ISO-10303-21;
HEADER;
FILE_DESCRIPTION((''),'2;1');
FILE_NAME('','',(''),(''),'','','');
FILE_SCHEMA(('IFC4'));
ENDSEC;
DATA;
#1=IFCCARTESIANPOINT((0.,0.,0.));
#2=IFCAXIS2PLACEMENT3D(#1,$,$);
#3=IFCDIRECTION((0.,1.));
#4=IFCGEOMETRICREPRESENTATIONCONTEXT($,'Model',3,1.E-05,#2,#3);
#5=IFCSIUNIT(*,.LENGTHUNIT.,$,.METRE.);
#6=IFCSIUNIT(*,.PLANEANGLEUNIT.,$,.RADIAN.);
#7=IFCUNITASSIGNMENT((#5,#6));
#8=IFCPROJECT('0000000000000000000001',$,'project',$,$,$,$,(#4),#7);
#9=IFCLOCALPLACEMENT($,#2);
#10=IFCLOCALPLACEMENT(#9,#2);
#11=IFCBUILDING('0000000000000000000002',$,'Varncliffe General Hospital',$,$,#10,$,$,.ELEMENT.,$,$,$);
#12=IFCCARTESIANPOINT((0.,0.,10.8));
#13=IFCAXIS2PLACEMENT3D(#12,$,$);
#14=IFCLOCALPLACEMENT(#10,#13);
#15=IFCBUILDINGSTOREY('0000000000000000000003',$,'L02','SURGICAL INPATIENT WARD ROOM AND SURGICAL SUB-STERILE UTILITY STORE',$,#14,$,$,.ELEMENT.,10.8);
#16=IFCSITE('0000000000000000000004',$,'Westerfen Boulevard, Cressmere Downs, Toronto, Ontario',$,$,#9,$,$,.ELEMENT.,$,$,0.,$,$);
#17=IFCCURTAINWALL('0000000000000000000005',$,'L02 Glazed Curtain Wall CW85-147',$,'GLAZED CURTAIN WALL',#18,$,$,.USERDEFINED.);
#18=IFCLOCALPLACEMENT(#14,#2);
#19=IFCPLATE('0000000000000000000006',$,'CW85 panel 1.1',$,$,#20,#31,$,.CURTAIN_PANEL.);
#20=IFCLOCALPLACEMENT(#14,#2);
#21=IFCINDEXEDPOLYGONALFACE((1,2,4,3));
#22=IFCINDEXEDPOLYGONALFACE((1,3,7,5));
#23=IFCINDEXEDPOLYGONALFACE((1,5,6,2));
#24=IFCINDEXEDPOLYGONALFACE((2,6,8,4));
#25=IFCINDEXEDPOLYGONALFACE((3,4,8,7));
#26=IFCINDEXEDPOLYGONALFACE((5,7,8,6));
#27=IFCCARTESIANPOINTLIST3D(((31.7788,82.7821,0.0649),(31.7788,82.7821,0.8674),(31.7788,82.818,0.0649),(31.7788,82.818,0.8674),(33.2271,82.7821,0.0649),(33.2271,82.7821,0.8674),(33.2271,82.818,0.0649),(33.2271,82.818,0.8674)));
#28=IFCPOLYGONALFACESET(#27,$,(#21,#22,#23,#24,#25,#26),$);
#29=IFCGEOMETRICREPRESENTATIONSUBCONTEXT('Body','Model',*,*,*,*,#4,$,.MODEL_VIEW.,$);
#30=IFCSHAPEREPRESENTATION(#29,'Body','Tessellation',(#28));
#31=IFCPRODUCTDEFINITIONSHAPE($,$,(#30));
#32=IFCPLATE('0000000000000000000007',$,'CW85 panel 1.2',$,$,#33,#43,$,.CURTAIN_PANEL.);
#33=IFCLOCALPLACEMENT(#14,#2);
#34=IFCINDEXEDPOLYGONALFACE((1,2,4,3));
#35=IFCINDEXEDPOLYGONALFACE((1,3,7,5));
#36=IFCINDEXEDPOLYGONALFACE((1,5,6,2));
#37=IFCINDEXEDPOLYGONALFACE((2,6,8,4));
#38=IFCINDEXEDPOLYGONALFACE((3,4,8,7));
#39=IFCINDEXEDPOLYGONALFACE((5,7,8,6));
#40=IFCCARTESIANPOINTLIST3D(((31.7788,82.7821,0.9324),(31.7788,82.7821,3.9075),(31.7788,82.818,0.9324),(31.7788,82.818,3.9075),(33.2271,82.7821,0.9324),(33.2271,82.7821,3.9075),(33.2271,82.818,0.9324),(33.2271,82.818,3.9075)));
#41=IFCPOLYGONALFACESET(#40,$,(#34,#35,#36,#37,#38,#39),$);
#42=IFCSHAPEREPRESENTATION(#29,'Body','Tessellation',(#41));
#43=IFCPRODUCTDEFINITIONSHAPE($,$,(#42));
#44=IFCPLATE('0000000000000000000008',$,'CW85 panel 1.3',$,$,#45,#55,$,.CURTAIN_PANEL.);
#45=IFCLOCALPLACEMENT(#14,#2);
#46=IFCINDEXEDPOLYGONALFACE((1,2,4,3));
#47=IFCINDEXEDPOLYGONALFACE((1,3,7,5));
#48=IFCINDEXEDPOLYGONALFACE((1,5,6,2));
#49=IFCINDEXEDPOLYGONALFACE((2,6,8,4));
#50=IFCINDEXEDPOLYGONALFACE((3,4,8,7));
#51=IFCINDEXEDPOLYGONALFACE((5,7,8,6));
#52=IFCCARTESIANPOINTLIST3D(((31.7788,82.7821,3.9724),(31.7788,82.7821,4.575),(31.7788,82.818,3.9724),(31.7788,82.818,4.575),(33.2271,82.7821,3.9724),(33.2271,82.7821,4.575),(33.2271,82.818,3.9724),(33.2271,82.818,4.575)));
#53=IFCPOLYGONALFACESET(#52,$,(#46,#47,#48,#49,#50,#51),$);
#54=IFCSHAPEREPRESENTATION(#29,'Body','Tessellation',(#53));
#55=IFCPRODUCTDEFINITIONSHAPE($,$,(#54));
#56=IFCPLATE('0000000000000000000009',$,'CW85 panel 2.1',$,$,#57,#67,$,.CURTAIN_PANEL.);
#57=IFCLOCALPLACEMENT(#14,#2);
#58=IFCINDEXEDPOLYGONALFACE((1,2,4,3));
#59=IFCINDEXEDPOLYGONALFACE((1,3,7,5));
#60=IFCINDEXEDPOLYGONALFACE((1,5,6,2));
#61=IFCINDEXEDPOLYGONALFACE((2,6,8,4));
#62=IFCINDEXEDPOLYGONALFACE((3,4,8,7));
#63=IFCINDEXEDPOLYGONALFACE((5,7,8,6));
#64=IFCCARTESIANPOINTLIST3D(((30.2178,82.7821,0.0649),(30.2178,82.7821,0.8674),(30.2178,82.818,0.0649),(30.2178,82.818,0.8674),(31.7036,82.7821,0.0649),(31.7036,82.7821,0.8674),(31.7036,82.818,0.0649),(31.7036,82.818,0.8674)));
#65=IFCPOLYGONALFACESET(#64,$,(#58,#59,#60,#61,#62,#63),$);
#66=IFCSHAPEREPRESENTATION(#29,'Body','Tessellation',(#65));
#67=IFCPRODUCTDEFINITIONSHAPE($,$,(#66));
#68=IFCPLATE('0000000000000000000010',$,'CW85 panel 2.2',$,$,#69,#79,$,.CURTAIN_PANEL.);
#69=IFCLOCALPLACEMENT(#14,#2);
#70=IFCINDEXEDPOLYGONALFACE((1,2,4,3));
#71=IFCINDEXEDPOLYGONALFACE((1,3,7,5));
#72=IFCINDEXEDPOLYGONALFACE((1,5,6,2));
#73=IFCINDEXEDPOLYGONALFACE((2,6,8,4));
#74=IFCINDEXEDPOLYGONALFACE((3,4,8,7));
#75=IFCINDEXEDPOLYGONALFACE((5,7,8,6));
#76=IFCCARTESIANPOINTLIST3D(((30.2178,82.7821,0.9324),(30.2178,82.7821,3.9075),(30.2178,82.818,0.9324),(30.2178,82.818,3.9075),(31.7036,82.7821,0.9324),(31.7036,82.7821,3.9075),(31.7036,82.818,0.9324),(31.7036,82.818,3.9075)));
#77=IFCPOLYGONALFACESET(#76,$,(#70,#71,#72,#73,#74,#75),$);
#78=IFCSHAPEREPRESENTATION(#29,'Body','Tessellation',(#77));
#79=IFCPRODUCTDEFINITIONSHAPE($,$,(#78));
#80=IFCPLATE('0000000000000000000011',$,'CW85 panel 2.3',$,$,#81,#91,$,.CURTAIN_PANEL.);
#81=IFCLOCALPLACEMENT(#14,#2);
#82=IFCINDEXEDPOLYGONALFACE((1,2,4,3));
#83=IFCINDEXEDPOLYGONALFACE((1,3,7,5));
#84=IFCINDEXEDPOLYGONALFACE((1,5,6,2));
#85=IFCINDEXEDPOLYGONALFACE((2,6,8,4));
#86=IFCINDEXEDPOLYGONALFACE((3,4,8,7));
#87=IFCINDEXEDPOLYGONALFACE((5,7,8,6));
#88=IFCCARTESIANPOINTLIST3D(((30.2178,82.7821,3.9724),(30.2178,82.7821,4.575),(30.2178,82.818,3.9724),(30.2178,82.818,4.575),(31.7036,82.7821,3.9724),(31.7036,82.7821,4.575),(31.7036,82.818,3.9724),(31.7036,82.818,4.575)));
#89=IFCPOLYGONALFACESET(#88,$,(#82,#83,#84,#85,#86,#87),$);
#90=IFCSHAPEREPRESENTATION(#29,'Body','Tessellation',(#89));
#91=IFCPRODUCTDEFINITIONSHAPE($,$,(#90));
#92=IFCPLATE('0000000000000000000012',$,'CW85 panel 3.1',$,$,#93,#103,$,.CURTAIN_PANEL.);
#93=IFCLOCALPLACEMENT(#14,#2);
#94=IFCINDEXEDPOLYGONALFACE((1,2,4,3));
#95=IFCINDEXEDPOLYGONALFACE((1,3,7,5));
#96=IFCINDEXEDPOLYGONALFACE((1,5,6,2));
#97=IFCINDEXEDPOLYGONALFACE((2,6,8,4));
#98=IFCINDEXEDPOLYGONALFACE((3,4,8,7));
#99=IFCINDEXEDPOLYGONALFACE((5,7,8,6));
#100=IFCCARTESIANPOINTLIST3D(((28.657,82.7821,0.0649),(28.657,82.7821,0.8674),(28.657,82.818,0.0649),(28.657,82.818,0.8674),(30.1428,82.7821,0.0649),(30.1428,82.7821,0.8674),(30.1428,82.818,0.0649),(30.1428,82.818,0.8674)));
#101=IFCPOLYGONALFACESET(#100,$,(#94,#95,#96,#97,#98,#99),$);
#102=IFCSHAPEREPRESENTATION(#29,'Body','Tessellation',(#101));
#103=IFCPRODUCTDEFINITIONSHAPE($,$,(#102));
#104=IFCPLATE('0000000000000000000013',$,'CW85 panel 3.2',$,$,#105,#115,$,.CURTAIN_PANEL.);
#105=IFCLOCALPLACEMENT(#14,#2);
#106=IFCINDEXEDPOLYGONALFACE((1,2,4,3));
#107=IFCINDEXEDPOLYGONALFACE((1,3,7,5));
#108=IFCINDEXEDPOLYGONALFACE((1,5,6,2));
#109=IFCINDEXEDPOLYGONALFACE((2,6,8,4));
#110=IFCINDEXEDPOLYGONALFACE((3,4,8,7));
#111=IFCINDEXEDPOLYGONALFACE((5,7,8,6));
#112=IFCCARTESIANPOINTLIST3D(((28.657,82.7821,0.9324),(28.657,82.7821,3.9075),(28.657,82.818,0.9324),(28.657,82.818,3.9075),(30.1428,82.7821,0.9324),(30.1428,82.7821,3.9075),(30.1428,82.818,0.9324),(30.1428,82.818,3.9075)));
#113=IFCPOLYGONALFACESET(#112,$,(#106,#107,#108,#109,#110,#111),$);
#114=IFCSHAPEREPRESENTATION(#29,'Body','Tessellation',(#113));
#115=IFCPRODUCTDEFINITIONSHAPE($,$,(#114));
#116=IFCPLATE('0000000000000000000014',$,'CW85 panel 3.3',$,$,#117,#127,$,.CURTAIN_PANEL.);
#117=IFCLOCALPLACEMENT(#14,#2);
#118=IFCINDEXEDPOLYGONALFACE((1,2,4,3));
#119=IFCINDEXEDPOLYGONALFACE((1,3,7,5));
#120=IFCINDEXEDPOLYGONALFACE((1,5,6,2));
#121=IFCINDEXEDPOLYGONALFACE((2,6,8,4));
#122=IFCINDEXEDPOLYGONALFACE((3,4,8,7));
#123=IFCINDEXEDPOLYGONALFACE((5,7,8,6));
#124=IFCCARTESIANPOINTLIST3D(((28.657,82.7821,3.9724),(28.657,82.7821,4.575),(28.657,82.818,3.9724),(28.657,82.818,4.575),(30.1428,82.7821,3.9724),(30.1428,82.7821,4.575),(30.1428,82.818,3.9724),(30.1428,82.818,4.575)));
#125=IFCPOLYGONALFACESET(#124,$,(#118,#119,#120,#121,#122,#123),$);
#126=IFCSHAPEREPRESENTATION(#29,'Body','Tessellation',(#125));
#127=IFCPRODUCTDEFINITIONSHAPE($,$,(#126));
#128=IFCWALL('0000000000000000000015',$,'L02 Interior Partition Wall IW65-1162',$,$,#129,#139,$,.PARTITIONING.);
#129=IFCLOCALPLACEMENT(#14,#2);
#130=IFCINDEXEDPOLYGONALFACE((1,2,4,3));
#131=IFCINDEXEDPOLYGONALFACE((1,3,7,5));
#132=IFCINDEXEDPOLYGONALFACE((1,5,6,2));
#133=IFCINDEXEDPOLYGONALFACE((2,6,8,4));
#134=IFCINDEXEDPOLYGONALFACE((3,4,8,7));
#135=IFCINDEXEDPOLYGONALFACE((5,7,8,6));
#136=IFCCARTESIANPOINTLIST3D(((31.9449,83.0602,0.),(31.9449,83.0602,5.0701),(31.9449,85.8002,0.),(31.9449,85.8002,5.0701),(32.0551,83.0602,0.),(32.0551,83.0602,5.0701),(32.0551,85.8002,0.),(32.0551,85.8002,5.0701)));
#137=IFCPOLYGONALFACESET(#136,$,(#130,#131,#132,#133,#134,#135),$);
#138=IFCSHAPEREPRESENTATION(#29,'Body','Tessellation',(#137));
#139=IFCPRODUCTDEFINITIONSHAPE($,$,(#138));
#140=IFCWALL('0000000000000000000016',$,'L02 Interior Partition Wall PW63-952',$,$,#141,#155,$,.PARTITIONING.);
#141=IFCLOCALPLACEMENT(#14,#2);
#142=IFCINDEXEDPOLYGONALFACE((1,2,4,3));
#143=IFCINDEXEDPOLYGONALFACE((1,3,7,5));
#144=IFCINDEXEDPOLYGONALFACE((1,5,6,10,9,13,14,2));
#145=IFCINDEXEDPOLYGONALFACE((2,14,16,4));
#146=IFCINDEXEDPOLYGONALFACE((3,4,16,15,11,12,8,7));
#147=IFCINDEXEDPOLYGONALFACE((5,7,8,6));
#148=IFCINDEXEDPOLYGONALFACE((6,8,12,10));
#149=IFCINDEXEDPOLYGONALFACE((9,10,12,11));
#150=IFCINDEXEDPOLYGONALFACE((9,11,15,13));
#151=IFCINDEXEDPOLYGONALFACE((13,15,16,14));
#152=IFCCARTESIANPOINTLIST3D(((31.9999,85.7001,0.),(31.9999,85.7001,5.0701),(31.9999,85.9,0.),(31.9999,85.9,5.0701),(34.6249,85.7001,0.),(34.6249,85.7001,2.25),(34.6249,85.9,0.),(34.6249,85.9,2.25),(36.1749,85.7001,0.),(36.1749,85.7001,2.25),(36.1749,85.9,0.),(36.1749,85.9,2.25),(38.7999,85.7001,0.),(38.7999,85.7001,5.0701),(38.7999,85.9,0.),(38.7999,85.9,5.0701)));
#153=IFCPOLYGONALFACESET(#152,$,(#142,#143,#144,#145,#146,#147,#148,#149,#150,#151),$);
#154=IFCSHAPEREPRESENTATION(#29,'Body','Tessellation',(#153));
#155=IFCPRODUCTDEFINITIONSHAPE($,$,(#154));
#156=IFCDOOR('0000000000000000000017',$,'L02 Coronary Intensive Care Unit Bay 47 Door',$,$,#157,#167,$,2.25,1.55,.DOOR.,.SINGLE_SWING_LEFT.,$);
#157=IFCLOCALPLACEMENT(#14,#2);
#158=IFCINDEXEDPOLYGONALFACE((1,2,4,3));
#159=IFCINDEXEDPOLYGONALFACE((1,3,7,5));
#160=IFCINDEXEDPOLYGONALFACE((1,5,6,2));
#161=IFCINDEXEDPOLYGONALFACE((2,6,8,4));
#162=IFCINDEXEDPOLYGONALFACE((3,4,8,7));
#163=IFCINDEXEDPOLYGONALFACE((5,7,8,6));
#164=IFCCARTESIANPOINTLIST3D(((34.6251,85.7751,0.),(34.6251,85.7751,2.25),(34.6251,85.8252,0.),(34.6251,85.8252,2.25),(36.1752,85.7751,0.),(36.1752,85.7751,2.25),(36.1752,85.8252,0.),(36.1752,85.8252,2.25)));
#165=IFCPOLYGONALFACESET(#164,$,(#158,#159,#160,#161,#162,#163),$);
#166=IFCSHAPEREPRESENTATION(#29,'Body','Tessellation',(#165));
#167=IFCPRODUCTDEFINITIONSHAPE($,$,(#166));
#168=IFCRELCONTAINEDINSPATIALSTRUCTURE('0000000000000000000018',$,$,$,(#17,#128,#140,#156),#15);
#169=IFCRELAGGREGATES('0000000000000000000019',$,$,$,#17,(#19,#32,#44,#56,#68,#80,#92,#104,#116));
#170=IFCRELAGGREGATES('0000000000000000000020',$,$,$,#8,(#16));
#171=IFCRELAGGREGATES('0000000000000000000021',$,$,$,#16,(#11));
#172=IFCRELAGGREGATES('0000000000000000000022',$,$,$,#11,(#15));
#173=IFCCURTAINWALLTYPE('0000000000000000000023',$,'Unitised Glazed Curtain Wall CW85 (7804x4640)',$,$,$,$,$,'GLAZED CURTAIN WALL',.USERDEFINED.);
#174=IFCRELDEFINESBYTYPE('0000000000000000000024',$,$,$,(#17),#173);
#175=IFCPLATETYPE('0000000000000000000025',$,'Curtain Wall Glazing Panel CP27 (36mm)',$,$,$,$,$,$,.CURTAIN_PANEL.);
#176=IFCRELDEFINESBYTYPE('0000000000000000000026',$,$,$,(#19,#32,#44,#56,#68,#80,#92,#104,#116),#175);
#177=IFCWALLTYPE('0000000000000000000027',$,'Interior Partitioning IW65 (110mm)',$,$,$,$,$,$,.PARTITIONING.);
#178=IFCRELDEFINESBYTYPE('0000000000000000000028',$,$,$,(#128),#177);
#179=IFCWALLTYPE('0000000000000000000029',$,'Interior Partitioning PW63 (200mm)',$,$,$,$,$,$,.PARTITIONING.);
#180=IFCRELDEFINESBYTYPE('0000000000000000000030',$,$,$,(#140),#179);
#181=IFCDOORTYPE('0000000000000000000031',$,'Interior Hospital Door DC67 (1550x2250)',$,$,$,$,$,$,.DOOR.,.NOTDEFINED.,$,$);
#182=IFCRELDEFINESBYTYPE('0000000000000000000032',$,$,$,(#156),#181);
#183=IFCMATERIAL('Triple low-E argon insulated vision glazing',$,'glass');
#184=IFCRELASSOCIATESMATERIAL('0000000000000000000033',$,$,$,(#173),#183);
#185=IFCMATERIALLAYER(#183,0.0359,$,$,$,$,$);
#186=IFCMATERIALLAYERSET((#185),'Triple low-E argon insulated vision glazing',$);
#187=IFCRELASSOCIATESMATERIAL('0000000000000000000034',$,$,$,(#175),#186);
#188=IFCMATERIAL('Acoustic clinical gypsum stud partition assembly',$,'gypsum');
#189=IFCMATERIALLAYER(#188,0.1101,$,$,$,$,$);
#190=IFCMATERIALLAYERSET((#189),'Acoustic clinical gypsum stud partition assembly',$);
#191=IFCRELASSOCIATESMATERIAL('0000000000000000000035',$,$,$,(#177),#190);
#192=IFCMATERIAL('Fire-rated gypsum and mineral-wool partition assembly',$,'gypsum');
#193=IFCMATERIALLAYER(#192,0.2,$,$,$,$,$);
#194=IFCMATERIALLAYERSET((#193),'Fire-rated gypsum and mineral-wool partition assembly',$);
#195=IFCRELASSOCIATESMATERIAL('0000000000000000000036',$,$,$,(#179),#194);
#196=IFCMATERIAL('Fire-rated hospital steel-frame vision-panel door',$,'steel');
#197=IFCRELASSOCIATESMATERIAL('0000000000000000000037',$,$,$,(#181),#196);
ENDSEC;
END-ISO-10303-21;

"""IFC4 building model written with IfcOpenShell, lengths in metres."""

from ifc_helpers import new_model, si_unit, direction, frame, frame_2d, origin, origin_2d, place, context, subcontext, project, spatial, rectangle, extrude, material, layer, layer_set, type_object, element, fill, aggregate, save


model = new_model("IFC4")

# Units and contexts
model_context = context("Model", 3, precision=1e-05, world=origin(), true_north=direction((0.0, 1.0)))
body_context = subcontext(model_context, "Body", "Model", "MODEL_VIEW")
ifc_project = project(units=[si_unit("LENGTHUNIT", "METRE"), si_unit("PLANEANGLEUNIT", "RADIAN")], contexts=[model_context])

# Site, building, storey
site_placement = place(None, origin())
site = spatial("IfcSite", under=ifc_project, at=site_placement, Name="Westerfen Boulevard, Cressmere Downs, Toronto, Ontario", CompositionType="ELEMENT", RefElevation=0.0)
building_placement = place(site_placement, origin())
building = spatial("IfcBuilding", under=site, at=building_placement, Name="Varncliffe General Hospital", CompositionType="ELEMENT")
storey_placement = place(building_placement, frame((0.0, 0.0, 10.8)))
storey = spatial("IfcBuildingStorey", under=building, at=storey_placement, Name="L02", Description="SURGICAL INPATIENT WARD ROOM AND SURGICAL SUB-STERILE UTILITY STORE", CompositionType="ELEMENT", Elevation=10.8)

# Curtain wall, plates
ifc_material_1 = material(Name="Triple low-E argon insulated vision glazing", Category="glass")
curtain_wall_type = type_object("IfcCurtainWallType", Name="Unitised Glazed Curtain Wall CW85 (7804x4640)", ElementType="GLAZED CURTAIN WALL", PredefinedType="USERDEFINED", material=ifc_material_1)
curtain_wall_placement = place(storey_placement, origin())
curtain_wall = element("IfcCurtainWall", 1, at=curtain_wall_placement, inside=storey, type_object=curtain_wall_type, Name="L02 Glazed Curtain Wall CW85-147", ObjectType="GLAZED CURTAIN WALL", PredefinedType="USERDEFINED")
ifc_layer_1 = layer(ifc_material_1, 0.0359)
ifc_layer_set_1 = layer_set([ifc_layer_1], Name="Triple low-E argon insulated vision glazing")
plate_type = type_object("IfcPlateType", Name="Curtain Wall Glazing Panel CP27 (36mm)", PredefinedType="CURTAIN_PANEL", material=ifc_layer_set_1)
plate_1_placement = place(storey_placement, frame((32.5029, 82.8, 0.0649), z_axis=(0.0, 0.0, 1.0), x_axis=(-1.0, 0.0, 0.0)))
plate_1 = element("IfcPlate", 2, at=plate_1_placement, type_object=plate_type, Name="CW85 panel 1.1", PredefinedType="CURTAIN_PANEL", context=body_context, shape_type="SweptSolid", body=[
    extrude(rectangle(XDim=1.4482, YDim=0.0359, at=origin_2d()), origin(), (0.0, 0.0, 1.0), 0.8025),
])
plate_2_placement = place(storey_placement, frame((32.5029, 82.8, 0.9324), z_axis=(0.0, 0.0, 1.0), x_axis=(-1.0, 0.0, 0.0)))
plate_2 = element("IfcPlate", 3, at=plate_2_placement, type_object=plate_type, Name="CW85 panel 1.2", PredefinedType="CURTAIN_PANEL", context=body_context, shape_type="SweptSolid", body=[
    extrude(rectangle(XDim=1.4482, YDim=0.0359, at=origin_2d()), origin(), (0.0, 0.0, 1.0), 2.9751),
])
plate_3_placement = place(storey_placement, frame((32.5029, 82.8, 3.9724), z_axis=(0.0, 0.0, 1.0), x_axis=(-1.0, 0.0, 0.0)))
plate_3 = element("IfcPlate", 4, at=plate_3_placement, type_object=plate_type, Name="CW85 panel 1.3", PredefinedType="CURTAIN_PANEL", context=body_context, shape_type="SweptSolid", body=[
    extrude(rectangle(XDim=1.4482, YDim=0.0359, at=origin_2d()), origin(), (0.0, 0.0, 1.0), 0.6025),
])
plate_4_placement = place(storey_placement, frame((30.9607, 82.8, 0.0649), z_axis=(0.0, 0.0, 1.0), x_axis=(-1.0, 0.0, 0.0)))
plate_4 = element("IfcPlate", 5, at=plate_4_placement, type_object=plate_type, Name="CW85 panel 2.1", PredefinedType="CURTAIN_PANEL", context=body_context, shape_type="SweptSolid", body=[
    extrude(rectangle(XDim=1.4858, YDim=0.0359, at=origin_2d()), origin(), (0.0, 0.0, 1.0), 0.8025),
])
plate_5_placement = place(storey_placement, frame((30.9607, 82.8, 0.9324), z_axis=(0.0, 0.0, 1.0), x_axis=(-1.0, 0.0, 0.0)))
plate_5 = element("IfcPlate", 6, at=plate_5_placement, type_object=plate_type, Name="CW85 panel 2.2", PredefinedType="CURTAIN_PANEL", context=body_context, shape_type="SweptSolid", body=[
    extrude(rectangle(XDim=1.4858, YDim=0.0359, at=origin_2d()), origin(), (0.0, 0.0, 1.0), 2.9751),
])
plate_6_placement = place(storey_placement, frame((30.9607, 82.8, 3.9724), z_axis=(0.0, 0.0, 1.0), x_axis=(-1.0, 0.0, 0.0)))
plate_6 = element("IfcPlate", 7, at=plate_6_placement, type_object=plate_type, Name="CW85 panel 2.3", PredefinedType="CURTAIN_PANEL", context=body_context, shape_type="SweptSolid", body=[
    extrude(rectangle(XDim=1.4858, YDim=0.0359, at=origin_2d()), origin(), (0.0, 0.0, 1.0), 0.6025),
])
plate_7_placement = place(storey_placement, frame((29.3999, 82.8, 0.0649), z_axis=(0.0, 0.0, 1.0), x_axis=(-1.0, 0.0, 0.0)))
plate_7 = element("IfcPlate", 8, at=plate_7_placement, type_object=plate_type, Name="CW85 panel 3.1", PredefinedType="CURTAIN_PANEL", context=body_context, shape_type="SweptSolid", body=[
    extrude(rectangle(XDim=1.4858, YDim=0.0359, at=origin_2d()), origin(), (0.0, 0.0, 1.0), 0.8025),
])
plate_8_placement = place(storey_placement, frame((29.3999, 82.8, 0.9324), z_axis=(0.0, 0.0, 1.0), x_axis=(-1.0, 0.0, 0.0)))
plate_8 = element("IfcPlate", 9, at=plate_8_placement, type_object=plate_type, Name="CW85 panel 3.2", PredefinedType="CURTAIN_PANEL", context=body_context, shape_type="SweptSolid", body=[
    extrude(rectangle(XDim=1.4858, YDim=0.0359, at=origin_2d()), origin(), (0.0, 0.0, 1.0), 2.9751),
])
plate_9_placement = place(storey_placement, frame((29.3999, 82.8, 3.9724), z_axis=(0.0, 0.0, 1.0), x_axis=(-1.0, 0.0, 0.0)))
plate_9 = element("IfcPlate", 10, at=plate_9_placement, type_object=plate_type, Name="CW85 panel 3.3", PredefinedType="CURTAIN_PANEL", context=body_context, shape_type="SweptSolid", body=[
    extrude(rectangle(XDim=1.4858, YDim=0.0359, at=origin_2d()), origin(), (0.0, 0.0, 1.0), 0.6025),
])
aggregate(curtain_wall, [plate_1, plate_2, plate_3, plate_4, plate_5, plate_6, plate_7, plate_8, plate_9])

# Wall
ifc_material_2 = material(Name="Acoustic clinical gypsum stud partition assembly", Category="gypsum")
ifc_layer_2 = layer(ifc_material_2, 0.1101)
ifc_layer_set_2 = layer_set([ifc_layer_2], Name="Acoustic clinical gypsum stud partition assembly")
wall_type_1 = type_object("IfcWallType", Name="Interior Partitioning IW65 (110mm)", PredefinedType="PARTITIONING", material=ifc_layer_set_2)
wall_1_placement = place(storey_placement, frame((32.0, 83.0601, 0.0), z_axis=(0.0, 0.0, 1.0), x_axis=(0.0, 1.0, 0.0)))
element("IfcWall", 11, at=wall_1_placement, inside=storey, type_object=wall_type_1, Name="L02 Interior Partition Wall IW65-1162", PredefinedType="PARTITIONING", context=body_context, shape_type="SweptSolid", body=[
    extrude(rectangle(XDim=2.74, YDim=0.1101, at=frame_2d((1.3701, 0.0))), origin(), (0.0, 0.0, 1.0), 5.0701),
])

# Wall, opening, door
ifc_material_3 = material(Name="Fire-rated gypsum and mineral-wool partition assembly", Category="gypsum")
ifc_layer_3 = layer(ifc_material_3, 0.2)
ifc_layer_set_3 = layer_set([ifc_layer_3], Name="Fire-rated gypsum and mineral-wool partition assembly")
wall_type_2 = type_object("IfcWallType", Name="Interior Partitioning PW63 (200mm)", PredefinedType="PARTITIONING", material=ifc_layer_set_3)
wall_2_placement = place(storey_placement, frame((32.0, 85.8, 0.0), z_axis=(0.0, 0.0, 1.0), x_axis=(1.0, 0.0, 0.0)))
wall_2 = element("IfcWall", 12, at=wall_2_placement, inside=storey, type_object=wall_type_2, Name="L02 Interior Partition Wall PW63-952", PredefinedType="PARTITIONING", context=body_context, shape_type="SweptSolid", body=[
    extrude(rectangle(XDim=6.8, YDim=0.2, at=frame_2d((3.3999, 0.0))), origin(), (0.0, 0.0, 1.0), 5.0701),
])
opening_placement = place(wall_2_placement, frame((2.625, 0.0, 0.0)))
opening = element("IfcOpeningElement", 13, at=opening_placement, cuts=wall_2, PredefinedType="OPENING", context=body_context, shape_type="SweptSolid", body=[
    extrude(rectangle(XDim=1.55, YDim=2.25, at=frame_2d((0.7749, 1.125))), frame((0.0, 0.1099, 0.0), z_axis=(0.0, -1.0, 0.0), x_axis=(1.0, 0.0, 0.0)), (0.0, 0.0, 1.0), 0.22),
])
ifc_material_4 = material(Name="Fire-rated hospital steel-frame vision-panel door", Category="steel")
door_type = type_object("IfcDoorType", Name="Interior Hospital Door DC67 (1550x2250)", OperationType="NOTDEFINED", PredefinedType="DOOR", material=ifc_material_4)
door_placement = place(opening_placement, frame((1.55, 0.0, 0.0), z_axis=(0.0, 0.0, 1.0), x_axis=(-1.0, 0.0, 0.0)))
door = element("IfcDoor", 14, at=door_placement, inside=storey, type_object=door_type, Name="L02 Coronary Intensive Care Unit Bay 47 Door", OperationType="SINGLE_SWING_LEFT", OverallHeight=2.25, OverallWidth=1.55, PredefinedType="DOOR", context=body_context, shape_type="SweptSolid", body=[
    extrude(rectangle(XDim=1.55, YDim=2.25, at=frame_2d((0.7749, 1.125))), frame((0.0, 0.0249, 0.0), z_axis=(0.0, -1.0, 0.0), x_axis=(1.0, 0.0, 0.0)), (0.0, 0.0, 1.0), 0.05),
])
fill(opening, door)

save(model, "model.ifc")
